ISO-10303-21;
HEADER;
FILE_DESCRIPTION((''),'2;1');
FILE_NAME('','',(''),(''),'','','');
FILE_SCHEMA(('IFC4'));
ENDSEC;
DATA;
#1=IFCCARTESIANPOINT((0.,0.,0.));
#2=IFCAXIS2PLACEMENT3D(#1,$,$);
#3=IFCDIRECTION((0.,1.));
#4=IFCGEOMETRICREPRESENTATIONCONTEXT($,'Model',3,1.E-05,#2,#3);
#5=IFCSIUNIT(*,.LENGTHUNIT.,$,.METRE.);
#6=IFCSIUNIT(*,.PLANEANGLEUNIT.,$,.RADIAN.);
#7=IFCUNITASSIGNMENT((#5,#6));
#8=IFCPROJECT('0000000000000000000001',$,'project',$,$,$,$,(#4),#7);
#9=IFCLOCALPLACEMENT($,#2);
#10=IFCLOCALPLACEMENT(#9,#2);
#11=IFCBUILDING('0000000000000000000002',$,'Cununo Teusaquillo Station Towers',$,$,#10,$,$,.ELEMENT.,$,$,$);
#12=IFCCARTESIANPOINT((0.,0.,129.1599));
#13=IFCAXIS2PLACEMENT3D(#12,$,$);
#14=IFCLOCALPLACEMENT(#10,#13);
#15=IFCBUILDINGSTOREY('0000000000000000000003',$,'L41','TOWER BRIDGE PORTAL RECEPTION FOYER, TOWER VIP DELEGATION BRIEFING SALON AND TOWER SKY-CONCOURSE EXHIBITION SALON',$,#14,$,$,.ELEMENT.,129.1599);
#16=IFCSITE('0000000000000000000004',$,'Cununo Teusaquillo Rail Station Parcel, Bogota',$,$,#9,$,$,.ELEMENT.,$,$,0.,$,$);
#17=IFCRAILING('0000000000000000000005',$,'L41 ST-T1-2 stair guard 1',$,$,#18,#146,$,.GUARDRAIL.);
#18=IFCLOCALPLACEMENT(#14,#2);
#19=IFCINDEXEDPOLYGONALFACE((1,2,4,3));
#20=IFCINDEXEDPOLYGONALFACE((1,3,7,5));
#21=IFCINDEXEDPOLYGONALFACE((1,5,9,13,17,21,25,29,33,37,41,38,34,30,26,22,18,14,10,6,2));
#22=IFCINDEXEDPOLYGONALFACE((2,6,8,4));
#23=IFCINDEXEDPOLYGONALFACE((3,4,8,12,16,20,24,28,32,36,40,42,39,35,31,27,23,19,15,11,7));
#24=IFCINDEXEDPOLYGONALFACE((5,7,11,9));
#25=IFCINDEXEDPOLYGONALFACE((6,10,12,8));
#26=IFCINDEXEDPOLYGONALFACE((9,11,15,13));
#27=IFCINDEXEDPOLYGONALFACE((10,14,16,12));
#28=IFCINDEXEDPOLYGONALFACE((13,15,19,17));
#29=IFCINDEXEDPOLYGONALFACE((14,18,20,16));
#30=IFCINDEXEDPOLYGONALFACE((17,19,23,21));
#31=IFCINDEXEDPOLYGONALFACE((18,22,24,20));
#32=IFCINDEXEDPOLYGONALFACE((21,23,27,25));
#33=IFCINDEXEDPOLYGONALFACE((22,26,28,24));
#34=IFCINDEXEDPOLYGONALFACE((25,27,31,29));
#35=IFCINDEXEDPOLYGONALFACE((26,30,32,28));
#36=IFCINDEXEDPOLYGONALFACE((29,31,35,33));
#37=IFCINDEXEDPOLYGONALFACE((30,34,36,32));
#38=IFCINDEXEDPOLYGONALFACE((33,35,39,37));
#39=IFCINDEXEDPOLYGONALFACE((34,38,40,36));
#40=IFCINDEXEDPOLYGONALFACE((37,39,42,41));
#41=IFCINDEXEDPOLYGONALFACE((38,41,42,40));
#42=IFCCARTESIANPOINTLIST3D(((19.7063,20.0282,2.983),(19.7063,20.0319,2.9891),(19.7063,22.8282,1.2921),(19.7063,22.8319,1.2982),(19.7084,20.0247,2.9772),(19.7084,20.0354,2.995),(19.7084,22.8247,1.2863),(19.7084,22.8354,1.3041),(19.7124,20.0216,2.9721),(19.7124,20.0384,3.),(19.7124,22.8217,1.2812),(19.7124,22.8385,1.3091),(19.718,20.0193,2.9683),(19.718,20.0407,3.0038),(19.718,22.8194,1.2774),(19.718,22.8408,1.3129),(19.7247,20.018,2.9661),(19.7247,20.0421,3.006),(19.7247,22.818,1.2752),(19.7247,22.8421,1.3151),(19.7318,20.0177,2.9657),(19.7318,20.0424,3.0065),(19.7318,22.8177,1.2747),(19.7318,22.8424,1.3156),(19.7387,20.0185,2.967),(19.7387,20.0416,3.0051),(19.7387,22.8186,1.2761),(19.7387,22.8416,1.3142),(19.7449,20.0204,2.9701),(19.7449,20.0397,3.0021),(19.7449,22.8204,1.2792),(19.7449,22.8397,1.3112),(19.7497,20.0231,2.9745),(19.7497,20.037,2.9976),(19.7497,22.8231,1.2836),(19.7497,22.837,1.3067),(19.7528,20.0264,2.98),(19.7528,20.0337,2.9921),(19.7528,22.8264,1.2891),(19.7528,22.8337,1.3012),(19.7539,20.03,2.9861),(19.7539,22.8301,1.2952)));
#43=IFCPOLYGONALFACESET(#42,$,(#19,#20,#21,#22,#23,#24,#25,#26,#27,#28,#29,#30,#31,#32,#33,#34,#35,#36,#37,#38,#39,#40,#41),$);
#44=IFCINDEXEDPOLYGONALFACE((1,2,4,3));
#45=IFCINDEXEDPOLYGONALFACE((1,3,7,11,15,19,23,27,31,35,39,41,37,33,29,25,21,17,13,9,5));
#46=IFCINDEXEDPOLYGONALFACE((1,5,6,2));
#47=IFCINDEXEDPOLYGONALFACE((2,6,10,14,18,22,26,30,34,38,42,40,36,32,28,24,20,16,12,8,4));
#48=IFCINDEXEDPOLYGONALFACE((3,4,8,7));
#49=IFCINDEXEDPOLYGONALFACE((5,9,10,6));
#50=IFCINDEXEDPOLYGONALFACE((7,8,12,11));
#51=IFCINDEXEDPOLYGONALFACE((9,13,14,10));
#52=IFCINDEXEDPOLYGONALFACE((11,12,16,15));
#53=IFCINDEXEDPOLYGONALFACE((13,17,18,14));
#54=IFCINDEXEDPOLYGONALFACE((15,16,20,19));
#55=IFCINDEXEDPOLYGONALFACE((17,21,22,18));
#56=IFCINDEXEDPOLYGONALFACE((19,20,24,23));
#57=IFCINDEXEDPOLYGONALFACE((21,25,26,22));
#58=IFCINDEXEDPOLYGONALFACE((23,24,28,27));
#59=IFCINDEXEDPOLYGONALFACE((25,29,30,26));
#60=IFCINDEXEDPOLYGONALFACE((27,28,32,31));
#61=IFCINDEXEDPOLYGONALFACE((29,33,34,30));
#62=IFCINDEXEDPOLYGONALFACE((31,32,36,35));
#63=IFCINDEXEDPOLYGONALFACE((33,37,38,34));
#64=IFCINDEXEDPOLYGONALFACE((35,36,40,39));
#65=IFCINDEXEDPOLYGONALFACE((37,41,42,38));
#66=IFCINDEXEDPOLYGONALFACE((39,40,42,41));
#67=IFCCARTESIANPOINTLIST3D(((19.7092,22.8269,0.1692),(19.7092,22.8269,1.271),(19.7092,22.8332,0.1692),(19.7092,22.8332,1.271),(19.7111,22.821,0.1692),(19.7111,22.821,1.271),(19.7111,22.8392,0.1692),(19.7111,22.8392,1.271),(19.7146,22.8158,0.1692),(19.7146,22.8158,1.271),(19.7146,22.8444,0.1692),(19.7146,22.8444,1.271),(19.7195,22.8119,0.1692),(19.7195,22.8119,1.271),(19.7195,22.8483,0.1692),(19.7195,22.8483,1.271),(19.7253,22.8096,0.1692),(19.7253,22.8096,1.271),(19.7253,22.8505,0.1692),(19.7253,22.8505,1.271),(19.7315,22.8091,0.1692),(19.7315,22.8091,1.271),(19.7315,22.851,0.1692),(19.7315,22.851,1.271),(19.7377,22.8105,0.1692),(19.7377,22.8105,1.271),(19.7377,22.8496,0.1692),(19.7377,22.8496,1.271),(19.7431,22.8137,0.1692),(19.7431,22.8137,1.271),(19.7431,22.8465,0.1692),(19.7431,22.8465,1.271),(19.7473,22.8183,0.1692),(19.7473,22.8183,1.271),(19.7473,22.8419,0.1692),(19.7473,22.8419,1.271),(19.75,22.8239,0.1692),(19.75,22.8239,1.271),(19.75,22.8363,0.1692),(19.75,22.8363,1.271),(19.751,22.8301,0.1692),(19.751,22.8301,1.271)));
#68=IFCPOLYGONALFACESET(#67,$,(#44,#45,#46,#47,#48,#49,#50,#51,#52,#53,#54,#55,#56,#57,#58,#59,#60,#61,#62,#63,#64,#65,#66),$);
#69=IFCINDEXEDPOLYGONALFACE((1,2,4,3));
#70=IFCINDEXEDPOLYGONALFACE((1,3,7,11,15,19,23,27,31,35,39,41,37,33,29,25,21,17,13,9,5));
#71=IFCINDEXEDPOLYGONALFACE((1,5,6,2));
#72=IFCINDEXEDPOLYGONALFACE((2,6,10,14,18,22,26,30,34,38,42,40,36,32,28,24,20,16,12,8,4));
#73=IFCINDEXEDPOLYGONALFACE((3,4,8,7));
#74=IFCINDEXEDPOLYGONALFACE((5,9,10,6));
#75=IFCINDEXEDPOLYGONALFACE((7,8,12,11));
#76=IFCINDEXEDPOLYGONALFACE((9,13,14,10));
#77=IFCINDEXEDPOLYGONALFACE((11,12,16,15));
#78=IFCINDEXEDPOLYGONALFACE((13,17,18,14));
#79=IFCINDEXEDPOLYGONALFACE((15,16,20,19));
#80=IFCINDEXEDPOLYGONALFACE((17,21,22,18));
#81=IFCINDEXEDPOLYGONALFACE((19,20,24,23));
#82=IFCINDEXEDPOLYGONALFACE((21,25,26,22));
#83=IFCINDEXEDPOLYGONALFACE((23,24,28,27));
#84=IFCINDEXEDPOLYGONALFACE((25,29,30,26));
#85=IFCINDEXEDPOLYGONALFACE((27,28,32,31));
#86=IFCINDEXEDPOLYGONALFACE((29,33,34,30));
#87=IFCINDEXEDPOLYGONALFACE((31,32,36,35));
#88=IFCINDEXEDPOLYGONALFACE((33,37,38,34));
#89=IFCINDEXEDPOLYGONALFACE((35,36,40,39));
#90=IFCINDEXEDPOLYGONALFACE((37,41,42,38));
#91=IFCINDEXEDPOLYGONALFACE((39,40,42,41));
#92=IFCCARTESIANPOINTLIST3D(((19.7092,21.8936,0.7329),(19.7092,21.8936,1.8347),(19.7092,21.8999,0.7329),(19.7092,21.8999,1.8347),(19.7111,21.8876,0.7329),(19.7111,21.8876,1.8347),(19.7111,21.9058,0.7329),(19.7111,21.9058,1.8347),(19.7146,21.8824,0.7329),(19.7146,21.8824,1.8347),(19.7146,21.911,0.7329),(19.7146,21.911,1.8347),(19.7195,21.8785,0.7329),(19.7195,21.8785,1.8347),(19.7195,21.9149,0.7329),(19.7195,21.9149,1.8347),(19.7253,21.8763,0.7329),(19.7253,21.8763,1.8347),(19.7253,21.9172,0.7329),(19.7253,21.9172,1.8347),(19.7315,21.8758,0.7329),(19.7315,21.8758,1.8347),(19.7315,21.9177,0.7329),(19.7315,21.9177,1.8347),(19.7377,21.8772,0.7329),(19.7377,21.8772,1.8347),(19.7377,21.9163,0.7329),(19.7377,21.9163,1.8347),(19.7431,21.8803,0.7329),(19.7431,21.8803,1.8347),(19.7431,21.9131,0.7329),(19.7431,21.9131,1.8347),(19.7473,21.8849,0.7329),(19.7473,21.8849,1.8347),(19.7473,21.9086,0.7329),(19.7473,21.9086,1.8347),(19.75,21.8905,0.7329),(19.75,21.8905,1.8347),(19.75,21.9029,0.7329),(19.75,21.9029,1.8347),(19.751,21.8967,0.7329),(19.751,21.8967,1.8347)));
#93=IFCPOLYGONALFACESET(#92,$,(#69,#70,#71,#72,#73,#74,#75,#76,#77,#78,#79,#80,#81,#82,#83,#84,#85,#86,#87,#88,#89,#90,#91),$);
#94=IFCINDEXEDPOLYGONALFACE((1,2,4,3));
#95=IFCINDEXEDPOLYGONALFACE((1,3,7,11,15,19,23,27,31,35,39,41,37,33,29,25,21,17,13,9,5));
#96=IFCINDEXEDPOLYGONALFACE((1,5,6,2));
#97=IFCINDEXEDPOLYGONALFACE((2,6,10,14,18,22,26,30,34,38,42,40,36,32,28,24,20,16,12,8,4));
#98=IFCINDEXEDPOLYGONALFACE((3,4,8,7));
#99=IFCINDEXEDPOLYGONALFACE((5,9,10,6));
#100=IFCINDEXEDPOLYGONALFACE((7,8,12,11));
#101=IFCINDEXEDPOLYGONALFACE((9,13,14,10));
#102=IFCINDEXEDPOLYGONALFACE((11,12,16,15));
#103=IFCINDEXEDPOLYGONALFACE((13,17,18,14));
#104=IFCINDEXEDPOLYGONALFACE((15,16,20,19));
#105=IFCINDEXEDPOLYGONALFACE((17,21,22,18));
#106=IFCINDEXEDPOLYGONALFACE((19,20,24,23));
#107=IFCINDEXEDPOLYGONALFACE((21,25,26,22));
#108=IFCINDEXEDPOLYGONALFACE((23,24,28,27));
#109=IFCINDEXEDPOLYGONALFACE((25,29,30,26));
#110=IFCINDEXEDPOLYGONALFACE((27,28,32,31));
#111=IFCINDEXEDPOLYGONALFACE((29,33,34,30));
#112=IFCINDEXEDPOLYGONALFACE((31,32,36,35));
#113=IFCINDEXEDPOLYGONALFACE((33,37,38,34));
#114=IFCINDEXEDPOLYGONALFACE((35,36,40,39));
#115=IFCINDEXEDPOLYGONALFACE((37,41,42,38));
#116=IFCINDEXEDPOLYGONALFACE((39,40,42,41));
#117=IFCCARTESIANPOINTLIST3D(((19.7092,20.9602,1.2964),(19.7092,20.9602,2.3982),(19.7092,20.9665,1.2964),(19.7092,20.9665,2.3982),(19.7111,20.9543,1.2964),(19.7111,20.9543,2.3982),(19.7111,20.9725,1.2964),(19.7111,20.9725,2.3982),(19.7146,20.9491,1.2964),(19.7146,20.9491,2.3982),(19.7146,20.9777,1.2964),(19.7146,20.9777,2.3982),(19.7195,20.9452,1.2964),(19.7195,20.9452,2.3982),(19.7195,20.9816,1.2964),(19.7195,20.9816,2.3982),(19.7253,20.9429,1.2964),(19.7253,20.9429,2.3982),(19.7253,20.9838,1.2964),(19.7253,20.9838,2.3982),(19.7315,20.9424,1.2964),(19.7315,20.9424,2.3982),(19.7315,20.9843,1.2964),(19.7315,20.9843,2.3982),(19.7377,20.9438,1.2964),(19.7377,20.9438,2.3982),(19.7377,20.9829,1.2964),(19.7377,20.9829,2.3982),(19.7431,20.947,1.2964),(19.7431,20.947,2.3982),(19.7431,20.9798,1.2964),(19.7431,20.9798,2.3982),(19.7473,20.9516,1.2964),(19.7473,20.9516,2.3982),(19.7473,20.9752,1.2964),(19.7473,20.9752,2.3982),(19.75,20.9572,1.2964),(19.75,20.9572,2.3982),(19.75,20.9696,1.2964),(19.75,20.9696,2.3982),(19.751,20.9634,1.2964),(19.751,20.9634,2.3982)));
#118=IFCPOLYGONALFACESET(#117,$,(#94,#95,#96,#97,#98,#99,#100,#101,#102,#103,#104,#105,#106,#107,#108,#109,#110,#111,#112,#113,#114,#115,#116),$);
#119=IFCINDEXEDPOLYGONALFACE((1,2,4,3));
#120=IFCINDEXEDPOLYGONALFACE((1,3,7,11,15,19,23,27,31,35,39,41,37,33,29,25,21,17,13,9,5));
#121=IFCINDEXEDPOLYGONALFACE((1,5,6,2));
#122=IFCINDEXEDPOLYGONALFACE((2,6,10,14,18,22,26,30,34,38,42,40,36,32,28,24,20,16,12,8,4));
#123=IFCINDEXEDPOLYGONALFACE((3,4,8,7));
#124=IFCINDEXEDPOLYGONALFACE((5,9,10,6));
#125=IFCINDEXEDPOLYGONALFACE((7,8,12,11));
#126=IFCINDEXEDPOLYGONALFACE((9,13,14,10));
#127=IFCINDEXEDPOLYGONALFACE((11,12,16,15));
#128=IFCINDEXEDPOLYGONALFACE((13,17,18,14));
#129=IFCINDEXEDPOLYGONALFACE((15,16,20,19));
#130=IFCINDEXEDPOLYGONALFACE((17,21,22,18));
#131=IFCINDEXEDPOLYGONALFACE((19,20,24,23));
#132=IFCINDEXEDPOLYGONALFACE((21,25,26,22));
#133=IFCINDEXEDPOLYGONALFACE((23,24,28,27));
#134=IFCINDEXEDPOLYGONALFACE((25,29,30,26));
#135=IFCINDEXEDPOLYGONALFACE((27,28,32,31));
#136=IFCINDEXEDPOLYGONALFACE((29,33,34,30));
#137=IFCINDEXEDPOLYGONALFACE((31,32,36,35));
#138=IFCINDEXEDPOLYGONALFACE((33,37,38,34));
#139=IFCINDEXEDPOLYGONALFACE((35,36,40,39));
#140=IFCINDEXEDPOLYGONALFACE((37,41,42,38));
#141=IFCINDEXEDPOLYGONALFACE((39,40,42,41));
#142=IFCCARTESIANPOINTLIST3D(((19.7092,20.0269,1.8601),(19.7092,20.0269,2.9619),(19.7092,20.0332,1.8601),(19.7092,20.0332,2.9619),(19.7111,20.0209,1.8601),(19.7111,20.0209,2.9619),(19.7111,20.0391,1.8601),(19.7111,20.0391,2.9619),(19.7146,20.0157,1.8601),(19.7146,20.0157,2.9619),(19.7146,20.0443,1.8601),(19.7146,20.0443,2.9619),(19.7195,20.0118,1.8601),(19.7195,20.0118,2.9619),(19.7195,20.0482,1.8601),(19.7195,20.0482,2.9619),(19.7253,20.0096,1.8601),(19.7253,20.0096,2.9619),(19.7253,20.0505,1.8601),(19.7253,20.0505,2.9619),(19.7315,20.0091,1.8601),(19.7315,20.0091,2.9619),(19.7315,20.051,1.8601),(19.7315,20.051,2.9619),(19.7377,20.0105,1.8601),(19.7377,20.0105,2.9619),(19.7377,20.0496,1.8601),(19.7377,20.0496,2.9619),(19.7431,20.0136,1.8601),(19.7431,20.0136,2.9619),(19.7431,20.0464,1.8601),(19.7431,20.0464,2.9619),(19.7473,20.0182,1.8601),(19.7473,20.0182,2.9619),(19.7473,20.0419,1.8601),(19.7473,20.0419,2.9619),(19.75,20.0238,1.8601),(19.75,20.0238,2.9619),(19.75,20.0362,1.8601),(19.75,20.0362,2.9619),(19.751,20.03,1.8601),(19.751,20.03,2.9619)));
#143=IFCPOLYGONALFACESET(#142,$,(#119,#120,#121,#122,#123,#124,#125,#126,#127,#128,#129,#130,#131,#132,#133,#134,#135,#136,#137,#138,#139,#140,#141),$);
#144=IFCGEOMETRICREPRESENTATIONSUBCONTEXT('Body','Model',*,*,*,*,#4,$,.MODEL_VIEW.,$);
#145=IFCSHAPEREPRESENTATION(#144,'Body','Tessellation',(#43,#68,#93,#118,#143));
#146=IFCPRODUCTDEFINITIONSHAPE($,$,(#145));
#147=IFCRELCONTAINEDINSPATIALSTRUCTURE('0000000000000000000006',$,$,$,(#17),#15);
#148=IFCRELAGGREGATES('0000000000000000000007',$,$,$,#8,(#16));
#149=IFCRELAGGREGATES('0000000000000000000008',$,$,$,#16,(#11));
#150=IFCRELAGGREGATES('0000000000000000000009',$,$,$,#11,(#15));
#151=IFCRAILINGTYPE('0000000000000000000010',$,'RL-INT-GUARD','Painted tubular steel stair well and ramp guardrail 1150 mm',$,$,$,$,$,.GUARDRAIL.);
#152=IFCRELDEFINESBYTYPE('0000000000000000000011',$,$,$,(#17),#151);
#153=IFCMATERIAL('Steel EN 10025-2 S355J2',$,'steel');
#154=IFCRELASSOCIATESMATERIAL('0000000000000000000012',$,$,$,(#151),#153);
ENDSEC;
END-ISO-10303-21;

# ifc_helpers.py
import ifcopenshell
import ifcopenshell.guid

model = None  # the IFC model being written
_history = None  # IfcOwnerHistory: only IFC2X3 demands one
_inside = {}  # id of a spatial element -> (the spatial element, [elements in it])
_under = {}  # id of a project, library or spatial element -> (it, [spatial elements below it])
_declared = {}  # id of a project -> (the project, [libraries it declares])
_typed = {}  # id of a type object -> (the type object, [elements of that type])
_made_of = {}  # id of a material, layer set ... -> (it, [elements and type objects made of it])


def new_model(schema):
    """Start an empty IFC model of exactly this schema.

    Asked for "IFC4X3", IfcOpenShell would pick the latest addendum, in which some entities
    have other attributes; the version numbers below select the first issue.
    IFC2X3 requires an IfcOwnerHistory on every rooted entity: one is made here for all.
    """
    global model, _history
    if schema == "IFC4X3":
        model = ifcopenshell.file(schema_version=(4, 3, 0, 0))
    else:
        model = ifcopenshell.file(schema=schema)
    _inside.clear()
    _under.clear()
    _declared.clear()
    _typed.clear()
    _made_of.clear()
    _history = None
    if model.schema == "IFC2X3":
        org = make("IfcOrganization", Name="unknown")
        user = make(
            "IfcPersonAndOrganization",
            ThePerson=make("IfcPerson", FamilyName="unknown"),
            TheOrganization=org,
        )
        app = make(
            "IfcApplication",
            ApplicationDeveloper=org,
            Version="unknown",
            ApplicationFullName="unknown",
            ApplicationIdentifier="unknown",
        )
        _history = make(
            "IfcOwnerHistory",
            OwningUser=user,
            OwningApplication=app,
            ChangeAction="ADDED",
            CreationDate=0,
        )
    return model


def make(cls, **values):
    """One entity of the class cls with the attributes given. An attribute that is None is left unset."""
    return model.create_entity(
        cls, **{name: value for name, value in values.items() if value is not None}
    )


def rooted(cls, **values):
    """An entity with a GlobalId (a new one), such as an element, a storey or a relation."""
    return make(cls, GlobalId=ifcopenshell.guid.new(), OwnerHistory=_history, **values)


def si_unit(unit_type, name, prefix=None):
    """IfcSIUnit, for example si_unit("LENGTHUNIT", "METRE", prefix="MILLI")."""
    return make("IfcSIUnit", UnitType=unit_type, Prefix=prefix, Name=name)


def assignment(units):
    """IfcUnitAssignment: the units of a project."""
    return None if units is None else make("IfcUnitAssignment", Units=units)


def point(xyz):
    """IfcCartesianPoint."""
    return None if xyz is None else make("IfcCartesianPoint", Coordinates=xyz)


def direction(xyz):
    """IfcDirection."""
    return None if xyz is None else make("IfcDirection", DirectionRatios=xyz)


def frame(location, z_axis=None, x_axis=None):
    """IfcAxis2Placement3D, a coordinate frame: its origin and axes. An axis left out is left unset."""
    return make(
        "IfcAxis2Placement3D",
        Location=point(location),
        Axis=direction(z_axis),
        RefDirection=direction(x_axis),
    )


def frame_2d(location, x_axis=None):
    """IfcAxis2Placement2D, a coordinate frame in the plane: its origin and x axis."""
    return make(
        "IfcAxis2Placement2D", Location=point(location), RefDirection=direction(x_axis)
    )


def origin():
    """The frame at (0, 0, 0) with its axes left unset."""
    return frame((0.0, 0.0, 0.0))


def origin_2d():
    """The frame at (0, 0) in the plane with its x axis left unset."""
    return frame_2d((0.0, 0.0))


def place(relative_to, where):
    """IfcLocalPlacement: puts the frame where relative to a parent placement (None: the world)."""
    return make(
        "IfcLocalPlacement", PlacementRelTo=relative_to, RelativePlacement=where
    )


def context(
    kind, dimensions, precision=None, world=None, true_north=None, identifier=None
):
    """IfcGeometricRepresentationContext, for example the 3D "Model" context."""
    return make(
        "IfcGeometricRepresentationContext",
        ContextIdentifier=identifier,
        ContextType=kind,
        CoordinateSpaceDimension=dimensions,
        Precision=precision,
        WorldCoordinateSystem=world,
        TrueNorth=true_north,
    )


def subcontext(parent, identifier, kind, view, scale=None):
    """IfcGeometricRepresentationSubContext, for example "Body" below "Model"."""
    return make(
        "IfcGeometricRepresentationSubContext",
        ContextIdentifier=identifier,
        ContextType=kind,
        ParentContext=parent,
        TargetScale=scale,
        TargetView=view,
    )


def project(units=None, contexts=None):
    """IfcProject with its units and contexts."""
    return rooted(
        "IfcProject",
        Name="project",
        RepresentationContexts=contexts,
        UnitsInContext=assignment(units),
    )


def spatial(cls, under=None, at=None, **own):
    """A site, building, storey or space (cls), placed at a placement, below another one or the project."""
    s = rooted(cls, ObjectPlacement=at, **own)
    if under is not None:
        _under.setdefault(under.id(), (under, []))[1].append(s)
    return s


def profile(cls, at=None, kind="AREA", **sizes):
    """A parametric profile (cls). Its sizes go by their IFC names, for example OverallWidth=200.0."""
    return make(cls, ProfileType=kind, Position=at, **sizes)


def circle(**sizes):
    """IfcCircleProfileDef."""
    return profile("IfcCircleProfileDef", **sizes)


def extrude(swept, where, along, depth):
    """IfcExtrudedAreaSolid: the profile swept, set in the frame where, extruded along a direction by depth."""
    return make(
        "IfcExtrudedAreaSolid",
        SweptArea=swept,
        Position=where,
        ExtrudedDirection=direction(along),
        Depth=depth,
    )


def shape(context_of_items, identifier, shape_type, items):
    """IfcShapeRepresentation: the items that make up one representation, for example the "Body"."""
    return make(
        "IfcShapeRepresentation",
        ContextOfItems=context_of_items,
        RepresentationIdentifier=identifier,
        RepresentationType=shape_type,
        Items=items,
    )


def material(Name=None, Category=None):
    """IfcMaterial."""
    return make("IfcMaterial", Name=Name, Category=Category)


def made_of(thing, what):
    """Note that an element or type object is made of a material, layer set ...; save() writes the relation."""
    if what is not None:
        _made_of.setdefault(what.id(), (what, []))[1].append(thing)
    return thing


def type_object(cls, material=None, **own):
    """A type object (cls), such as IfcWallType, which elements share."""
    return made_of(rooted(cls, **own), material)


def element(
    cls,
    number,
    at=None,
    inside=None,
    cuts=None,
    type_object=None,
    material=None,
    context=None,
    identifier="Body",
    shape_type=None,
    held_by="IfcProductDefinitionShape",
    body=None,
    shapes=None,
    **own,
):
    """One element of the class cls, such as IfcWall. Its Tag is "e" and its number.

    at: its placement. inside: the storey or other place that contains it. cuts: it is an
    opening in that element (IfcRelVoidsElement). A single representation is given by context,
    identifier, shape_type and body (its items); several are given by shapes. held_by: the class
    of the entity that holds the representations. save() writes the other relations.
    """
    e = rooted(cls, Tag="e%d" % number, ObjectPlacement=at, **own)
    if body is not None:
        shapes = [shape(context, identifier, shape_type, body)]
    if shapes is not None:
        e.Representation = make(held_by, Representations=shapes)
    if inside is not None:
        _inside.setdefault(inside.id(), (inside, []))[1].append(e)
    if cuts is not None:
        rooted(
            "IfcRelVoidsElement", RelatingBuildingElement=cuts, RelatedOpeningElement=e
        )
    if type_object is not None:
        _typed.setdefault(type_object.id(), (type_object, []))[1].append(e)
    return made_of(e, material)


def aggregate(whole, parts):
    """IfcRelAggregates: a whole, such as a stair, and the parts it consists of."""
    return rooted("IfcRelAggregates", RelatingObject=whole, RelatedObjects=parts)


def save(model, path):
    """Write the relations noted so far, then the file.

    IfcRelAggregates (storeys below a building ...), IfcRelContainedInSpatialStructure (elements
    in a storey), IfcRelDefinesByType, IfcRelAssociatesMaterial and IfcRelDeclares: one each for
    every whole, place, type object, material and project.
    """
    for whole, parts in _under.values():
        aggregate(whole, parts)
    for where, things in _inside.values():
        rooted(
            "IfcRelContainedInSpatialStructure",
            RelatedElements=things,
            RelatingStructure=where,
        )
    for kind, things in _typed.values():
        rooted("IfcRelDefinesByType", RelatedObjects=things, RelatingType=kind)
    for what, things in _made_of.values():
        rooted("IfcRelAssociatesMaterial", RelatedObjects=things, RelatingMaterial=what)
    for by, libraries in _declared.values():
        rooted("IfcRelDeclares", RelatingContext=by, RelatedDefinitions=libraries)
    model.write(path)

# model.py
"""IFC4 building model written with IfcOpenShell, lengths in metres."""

from ifc_helpers import new_model, si_unit, direction, frame, origin, origin_2d, place, context, subcontext, project, spatial, circle, extrude, material, type_object, element, save


model = new_model("IFC4")

# Units and contexts
model_context = context("Model", 3, precision=1e-05, world=origin(), true_north=direction((0.0, 1.0)))
body_context = subcontext(model_context, "Body", "Model", "MODEL_VIEW")
ifc_project = project(units=[si_unit("LENGTHUNIT", "METRE"), si_unit("PLANEANGLEUNIT", "RADIAN")], contexts=[model_context])

# Site, building, storey
site_placement = place(None, origin())
site = spatial("IfcSite", under=ifc_project, at=site_placement, Name="Cununo Teusaquillo Rail Station Parcel, Bogota", CompositionType="ELEMENT", RefElevation=0.0)
building_placement = place(site_placement, origin())
building = spatial("IfcBuilding", under=site, at=building_placement, Name="Cununo Teusaquillo Station Towers", CompositionType="ELEMENT")
storey_placement = place(building_placement, frame((0.0, 0.0, 129.1599)))
storey = spatial("IfcBuildingStorey", under=building, at=storey_placement, Name="L41", Description="TOWER BRIDGE PORTAL RECEPTION FOYER, TOWER VIP DELEGATION BRIEFING SALON AND TOWER SKY-CONCOURSE EXHIBITION SALON", CompositionType="ELEMENT", Elevation=129.1599)

# Railing
ifc_material_1 = material(Name="Steel EN 10025-2 S355J2", Category="steel")
railing_type_1 = type_object("IfcRailingType", Name="RL-INT-GUARD", Description="Painted tubular steel stair well and ramp guardrail 1150 mm", PredefinedType="GUARDRAIL", material=ifc_material_1)
railing_1_placement = place(storey_placement, frame((19.73, 22.8301, 0.1692)))
element("IfcRailing", 1, at=railing_1_placement, inside=storey, type_object=railing_type_1, Name="L41 ST-T1-2 stair guard 1", PredefinedType="GUARDRAIL", context=body_context, shape_type="SweptSolid", body=[
    extrude(circle(Radius=0.0239, at=origin_2d()), frame((0.0, 0.0, 1.126), z_axis=(0.0, -0.856021, 0.516941), x_axis=(1.0, 0.0, 0.0)), (0.0, 0.0, 1.0), 3.271),
    extrude(circle(Radius=0.021, at=origin_2d()), origin(), (0.0, 0.0, 1.0), 1.1018),
    extrude(circle(Radius=0.021, at=origin_2d()), frame((0.0, -0.9333, 0.5637)), (0.0, 0.0, 1.0), 1.1018),
    extrude(circle(Radius=0.021, at=origin_2d()), frame((0.0, -1.8667, 1.1272)), (0.0, 0.0, 1.0), 1.1018),
    extrude(circle(Radius=0.021, at=origin_2d()), frame((0.0, -2.8, 1.6909)), (0.0, 0.0, 1.0), 1.1018),
])

save(model, "model.ifc")
